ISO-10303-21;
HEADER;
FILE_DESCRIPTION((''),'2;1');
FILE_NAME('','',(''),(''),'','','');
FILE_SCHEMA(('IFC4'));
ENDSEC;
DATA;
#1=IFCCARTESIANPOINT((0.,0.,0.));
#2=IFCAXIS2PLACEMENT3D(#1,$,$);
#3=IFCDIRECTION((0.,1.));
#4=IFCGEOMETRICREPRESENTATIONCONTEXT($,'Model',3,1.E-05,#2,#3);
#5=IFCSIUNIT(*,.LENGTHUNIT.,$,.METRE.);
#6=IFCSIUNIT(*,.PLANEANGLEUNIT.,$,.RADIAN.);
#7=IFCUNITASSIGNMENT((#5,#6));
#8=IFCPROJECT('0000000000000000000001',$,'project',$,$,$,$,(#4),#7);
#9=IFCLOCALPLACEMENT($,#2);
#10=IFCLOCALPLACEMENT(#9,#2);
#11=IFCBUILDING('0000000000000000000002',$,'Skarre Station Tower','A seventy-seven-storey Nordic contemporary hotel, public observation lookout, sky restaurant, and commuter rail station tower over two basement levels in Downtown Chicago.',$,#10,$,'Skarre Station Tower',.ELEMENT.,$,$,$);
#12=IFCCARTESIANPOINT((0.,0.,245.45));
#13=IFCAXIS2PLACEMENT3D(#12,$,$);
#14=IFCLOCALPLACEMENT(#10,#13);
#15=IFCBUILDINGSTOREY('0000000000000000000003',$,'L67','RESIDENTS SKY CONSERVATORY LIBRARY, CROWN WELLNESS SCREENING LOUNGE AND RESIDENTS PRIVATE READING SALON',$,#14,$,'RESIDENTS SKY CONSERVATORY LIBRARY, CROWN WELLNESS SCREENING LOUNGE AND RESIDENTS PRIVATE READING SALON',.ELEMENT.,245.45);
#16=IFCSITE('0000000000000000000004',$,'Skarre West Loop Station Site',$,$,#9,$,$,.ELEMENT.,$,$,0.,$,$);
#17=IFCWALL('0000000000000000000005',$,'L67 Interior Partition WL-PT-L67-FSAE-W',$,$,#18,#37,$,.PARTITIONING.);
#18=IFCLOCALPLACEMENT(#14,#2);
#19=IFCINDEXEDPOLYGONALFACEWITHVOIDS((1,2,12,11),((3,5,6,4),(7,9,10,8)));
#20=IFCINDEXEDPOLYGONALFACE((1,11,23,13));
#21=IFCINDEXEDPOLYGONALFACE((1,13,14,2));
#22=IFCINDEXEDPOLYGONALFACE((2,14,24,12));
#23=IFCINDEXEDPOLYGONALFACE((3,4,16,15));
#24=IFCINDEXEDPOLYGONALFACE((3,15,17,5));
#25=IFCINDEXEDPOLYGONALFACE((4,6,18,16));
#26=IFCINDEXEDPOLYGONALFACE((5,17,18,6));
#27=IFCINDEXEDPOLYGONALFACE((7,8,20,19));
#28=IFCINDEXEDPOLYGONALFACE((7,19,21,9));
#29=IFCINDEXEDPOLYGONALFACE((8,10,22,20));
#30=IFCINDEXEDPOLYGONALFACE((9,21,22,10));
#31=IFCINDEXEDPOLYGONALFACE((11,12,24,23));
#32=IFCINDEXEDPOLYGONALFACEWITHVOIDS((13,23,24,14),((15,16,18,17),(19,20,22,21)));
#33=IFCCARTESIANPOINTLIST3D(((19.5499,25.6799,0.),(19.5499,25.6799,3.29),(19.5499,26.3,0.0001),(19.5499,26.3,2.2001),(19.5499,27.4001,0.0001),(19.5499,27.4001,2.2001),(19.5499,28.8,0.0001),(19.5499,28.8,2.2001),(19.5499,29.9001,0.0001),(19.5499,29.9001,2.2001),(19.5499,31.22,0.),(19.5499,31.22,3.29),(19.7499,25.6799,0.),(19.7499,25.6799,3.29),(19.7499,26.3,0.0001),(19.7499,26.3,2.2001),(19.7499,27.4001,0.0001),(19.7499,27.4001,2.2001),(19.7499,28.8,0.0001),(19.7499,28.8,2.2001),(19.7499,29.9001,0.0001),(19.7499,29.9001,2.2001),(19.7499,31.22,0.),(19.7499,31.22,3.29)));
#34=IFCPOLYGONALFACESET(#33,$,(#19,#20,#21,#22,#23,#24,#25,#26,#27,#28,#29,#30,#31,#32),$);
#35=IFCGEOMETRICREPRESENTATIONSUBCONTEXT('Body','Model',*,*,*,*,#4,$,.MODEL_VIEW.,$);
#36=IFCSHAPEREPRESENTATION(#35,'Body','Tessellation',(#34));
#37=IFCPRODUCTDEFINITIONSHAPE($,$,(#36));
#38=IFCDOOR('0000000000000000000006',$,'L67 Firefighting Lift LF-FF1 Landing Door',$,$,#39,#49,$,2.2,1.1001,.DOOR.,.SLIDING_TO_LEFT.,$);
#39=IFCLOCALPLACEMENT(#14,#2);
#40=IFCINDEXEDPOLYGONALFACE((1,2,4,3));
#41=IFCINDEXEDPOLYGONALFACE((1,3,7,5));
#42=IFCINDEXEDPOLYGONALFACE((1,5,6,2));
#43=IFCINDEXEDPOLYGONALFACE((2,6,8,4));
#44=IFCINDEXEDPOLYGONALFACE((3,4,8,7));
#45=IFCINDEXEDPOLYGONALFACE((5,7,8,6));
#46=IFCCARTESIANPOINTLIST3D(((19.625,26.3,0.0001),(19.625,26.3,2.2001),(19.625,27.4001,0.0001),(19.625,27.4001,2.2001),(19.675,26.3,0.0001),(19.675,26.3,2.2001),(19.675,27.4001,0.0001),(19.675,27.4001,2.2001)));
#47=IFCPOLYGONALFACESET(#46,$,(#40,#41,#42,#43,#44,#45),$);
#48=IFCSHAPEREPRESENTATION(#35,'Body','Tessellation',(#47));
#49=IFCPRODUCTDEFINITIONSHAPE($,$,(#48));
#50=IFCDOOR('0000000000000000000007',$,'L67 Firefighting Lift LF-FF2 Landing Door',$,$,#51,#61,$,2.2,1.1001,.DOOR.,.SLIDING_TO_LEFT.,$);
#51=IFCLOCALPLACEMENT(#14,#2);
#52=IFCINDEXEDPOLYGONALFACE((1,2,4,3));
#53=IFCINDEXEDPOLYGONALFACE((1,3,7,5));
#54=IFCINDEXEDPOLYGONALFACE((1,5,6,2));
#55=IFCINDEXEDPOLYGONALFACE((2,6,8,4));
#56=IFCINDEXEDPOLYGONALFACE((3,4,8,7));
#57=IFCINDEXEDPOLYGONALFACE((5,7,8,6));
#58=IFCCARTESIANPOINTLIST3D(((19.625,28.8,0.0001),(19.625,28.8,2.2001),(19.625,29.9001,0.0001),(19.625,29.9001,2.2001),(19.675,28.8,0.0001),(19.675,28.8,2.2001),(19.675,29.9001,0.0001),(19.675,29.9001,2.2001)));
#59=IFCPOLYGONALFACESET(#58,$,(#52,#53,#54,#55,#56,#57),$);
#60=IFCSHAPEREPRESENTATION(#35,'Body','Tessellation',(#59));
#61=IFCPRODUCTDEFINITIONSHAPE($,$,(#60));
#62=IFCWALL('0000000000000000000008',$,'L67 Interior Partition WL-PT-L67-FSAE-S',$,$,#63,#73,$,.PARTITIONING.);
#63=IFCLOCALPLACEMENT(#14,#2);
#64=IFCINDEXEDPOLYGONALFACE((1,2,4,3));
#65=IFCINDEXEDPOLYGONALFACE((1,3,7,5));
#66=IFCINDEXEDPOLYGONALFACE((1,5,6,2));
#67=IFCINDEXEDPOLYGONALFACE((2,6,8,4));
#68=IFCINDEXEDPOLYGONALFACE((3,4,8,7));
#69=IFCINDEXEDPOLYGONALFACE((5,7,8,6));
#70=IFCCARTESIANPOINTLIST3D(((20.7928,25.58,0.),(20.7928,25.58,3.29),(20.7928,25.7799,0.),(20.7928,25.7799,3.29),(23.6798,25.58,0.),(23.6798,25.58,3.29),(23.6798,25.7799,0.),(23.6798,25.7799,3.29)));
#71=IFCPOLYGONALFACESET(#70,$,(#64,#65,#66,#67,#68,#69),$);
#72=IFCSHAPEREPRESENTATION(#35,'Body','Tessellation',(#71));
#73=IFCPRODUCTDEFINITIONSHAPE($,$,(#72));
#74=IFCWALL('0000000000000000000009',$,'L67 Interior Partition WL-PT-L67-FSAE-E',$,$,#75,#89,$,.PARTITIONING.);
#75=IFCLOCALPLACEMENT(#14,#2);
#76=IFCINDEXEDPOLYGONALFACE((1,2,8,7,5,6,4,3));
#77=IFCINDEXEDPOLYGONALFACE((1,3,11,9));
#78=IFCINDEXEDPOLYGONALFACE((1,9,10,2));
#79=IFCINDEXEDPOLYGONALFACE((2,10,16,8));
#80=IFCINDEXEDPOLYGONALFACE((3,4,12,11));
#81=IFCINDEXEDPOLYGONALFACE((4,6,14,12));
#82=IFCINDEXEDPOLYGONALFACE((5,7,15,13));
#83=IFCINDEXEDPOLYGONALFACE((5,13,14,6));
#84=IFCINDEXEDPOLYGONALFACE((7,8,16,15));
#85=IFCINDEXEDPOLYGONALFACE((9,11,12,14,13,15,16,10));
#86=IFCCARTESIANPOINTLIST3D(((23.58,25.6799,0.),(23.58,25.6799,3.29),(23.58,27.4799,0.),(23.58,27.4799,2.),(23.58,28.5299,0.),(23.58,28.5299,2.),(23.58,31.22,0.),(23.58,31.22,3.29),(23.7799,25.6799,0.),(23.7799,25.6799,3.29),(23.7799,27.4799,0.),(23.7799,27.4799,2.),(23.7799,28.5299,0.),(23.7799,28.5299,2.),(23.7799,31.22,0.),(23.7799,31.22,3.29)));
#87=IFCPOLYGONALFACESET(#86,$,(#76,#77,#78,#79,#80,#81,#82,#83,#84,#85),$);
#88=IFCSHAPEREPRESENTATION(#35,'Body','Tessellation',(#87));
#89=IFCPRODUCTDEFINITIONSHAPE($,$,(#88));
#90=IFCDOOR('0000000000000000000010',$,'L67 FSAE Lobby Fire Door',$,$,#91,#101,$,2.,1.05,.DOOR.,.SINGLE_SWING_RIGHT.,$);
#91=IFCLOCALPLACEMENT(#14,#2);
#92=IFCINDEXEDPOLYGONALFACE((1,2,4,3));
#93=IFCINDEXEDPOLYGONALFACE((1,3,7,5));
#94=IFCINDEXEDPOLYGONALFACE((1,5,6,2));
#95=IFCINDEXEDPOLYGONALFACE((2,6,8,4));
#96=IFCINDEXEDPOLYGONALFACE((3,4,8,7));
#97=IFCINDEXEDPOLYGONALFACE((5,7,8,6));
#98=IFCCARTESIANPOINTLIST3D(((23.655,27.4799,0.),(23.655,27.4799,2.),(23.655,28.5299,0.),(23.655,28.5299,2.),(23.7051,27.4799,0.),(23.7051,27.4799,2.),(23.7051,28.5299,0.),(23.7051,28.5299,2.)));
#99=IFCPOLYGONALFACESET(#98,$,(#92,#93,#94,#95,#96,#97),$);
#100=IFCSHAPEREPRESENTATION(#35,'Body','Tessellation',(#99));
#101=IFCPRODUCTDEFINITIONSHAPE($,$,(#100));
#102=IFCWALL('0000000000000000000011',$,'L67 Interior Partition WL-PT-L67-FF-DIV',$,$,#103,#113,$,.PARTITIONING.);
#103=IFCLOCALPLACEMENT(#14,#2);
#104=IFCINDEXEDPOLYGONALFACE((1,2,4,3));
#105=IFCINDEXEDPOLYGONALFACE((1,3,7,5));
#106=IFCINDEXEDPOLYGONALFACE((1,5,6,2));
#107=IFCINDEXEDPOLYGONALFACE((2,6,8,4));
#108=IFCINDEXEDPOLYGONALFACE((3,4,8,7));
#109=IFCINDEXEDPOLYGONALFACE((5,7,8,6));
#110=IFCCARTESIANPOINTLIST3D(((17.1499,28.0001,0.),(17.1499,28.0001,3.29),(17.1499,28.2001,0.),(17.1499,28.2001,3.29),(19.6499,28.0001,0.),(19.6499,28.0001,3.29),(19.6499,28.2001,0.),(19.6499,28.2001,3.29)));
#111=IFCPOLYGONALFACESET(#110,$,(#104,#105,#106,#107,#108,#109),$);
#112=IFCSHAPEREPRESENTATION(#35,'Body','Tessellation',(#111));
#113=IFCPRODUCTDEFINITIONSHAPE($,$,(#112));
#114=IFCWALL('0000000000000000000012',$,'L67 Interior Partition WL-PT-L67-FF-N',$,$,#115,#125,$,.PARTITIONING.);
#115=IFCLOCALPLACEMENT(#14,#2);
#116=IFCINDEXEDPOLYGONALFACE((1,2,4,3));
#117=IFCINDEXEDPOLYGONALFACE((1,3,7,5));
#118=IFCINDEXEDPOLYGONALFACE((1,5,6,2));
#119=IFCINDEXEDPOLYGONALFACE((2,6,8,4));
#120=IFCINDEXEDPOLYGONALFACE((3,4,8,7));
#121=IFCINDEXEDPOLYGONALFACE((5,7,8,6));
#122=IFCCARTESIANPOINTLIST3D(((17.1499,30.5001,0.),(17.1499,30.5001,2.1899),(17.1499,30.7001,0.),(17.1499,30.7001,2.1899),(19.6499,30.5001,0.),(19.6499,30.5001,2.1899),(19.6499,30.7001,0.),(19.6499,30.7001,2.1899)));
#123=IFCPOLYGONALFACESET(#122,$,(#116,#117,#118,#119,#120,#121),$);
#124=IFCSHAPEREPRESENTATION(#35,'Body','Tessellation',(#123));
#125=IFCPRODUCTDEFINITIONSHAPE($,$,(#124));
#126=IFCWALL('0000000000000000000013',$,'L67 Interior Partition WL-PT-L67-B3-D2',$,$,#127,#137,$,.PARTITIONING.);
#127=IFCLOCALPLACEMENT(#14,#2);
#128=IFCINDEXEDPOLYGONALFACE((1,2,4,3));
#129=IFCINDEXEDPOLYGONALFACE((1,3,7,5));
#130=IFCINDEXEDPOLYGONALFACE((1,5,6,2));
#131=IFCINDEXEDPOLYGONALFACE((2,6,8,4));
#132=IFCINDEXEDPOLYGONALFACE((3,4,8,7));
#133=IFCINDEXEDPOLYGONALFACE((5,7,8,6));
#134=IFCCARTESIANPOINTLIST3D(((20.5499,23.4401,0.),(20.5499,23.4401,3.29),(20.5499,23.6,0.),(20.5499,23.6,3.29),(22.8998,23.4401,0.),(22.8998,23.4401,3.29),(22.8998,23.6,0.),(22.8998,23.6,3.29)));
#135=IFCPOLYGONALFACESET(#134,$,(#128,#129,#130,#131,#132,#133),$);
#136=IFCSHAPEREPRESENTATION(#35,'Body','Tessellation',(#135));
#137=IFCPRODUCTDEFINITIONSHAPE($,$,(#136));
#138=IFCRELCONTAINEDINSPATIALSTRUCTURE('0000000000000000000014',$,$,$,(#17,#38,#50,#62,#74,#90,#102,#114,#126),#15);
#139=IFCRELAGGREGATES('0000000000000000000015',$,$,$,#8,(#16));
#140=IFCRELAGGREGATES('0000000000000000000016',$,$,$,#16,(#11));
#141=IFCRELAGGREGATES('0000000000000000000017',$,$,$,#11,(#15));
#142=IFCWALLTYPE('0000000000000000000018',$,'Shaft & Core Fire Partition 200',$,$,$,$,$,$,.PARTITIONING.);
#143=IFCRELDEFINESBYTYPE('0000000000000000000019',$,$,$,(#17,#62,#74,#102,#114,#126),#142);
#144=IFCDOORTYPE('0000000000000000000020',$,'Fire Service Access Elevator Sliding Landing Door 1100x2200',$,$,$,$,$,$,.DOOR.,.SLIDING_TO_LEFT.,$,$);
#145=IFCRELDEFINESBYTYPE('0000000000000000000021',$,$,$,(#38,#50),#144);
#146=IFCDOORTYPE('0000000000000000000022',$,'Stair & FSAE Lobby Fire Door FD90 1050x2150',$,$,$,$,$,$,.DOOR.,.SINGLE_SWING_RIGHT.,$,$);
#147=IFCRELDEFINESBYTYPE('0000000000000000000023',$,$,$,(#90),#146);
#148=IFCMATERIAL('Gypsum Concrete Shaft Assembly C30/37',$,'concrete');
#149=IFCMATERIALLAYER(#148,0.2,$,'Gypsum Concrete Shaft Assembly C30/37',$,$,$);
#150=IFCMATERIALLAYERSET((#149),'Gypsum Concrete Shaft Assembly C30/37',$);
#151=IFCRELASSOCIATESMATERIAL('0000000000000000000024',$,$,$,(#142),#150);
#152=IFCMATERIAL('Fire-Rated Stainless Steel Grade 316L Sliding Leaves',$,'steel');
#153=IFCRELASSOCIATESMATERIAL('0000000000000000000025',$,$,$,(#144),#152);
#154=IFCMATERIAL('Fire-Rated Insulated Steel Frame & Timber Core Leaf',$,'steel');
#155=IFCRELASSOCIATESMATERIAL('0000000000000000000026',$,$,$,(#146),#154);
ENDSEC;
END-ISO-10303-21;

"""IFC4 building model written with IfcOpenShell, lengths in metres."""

from ifc_helpers import new_model, si_unit, direction, frame, frame_2d, origin, place, context, subcontext, project, spatial, rectangle, extrude, material, layer, layer_set, type_object, element, fill, save


model = new_model("IFC4")

# Units and contexts
model_context = context("Model", 3, precision=1e-05, world=origin(), true_north=direction((0.0, 1.0)))
body_context = subcontext(model_context, "Body", "Model", "MODEL_VIEW")
ifc_project = project(units=[si_unit("LENGTHUNIT", "METRE"), si_unit("PLANEANGLEUNIT", "RADIAN")], contexts=[model_context])

# Site, building, storey
site_placement = place(None, origin())
site = spatial("IfcSite", under=ifc_project, at=site_placement, Name="Skarre West Loop Station Site", CompositionType="ELEMENT", RefElevation=0.0)
building_placement = place(site_placement, origin())
building = spatial("IfcBuilding", under=site, at=building_placement, Name="Skarre Station Tower", Description="A seventy-seven-storey Nordic contemporary hotel, public observation lookout, sky restaurant, and commuter rail station tower over two basement levels in Downtown Chicago.", LongName="Skarre Station Tower", CompositionType="ELEMENT")
storey_placement = place(building_placement, frame((0.0, 0.0, 245.45)))
storey = spatial("IfcBuildingStorey", under=building, at=storey_placement, Name="L67", Description="RESIDENTS SKY CONSERVATORY LIBRARY, CROWN WELLNESS SCREENING LOUNGE AND RESIDENTS PRIVATE READING SALON", LongName="RESIDENTS SKY CONSERVATORY LIBRARY, CROWN WELLNESS SCREENING LOUNGE AND RESIDENTS PRIVATE READING SALON", CompositionType="ELEMENT", Elevation=245.45)

# Wall, openings, doors
ifc_material_1 = material(Name="Gypsum Concrete Shaft Assembly C30/37", Category="concrete")
ifc_layer_1 = layer(ifc_material_1, 0.2, Name="Gypsum Concrete Shaft Assembly C30/37")
ifc_layer_set_1 = layer_set([ifc_layer_1], Name="Gypsum Concrete Shaft Assembly C30/37")
wall_type_1 = type_object("IfcWallType", Name="Shaft & Core Fire Partition 200", PredefinedType="PARTITIONING", material=ifc_layer_set_1)
wall_1_placement = place(storey_placement, frame((19.6499, 25.6799, 0.0), z_axis=(0.0, 0.0, 1.0), x_axis=(0.0, 1.0, 0.0)))
wall_1 = element("IfcWall", 1, at=wall_1_placement, inside=storey, type_object=wall_type_1, Name="L67 Interior Partition WL-PT-L67-FSAE-W", PredefinedType="PARTITIONING", context=body_context, shape_type="SweptSolid", body=[
    extrude(rectangle(XDim=5.54, YDim=0.2, at=frame_2d((2.77, 0.0))), origin(), (0.0, 0.0, 1.0), 3.29),
])
opening_1_placement = place(wall_1_placement, frame((0.6201, 0.0, 0.0)))
opening_1 = element("IfcOpeningElement", 2, at=opening_1_placement, cuts=wall_1, PredefinedType="OPENING", context=body_context, shape_type="SweptSolid", body=[
    extrude(rectangle(XDim=1.1001, YDim=2.2, at=frame_2d((0.55, 1.1001))), frame((0.0, 0.1099, 0.0), z_axis=(0.0, -1.0, 0.0), x_axis=(1.0, 0.0, 0.0)), (0.0, 0.0, 1.0), 0.22),
])
opening_2_placement = place(wall_1_placement, frame((3.1201, 0.0, 0.0)))
opening_2 = element("IfcOpeningElement", 3, at=opening_2_placement, cuts=wall_1, PredefinedType="OPENING", context=body_context, shape_type="SweptSolid", body=[
    extrude(rectangle(XDim=1.1001, YDim=2.2, at=frame_2d((0.55, 1.1001))), frame((0.0, 0.1099, 0.0), z_axis=(0.0, -1.0, 0.0), x_axis=(1.0, 0.0, 0.0)), (0.0, 0.0, 1.0), 0.22),
])
ifc_material_2 = material(Name="Fire-Rated Stainless Steel Grade 316L Sliding Leaves", Category="steel")
door_type_1 = type_object("IfcDoorType", Name="Fire Service Access Elevator Sliding Landing Door 1100x2200", OperationType="SLIDING_TO_LEFT", PredefinedType="DOOR", material=ifc_material_2)
door_1_placement = place(opening_1_placement, origin())
door_1 = element("IfcDoor", 4, at=door_1_placement, inside=storey, type_object=door_type_1, Name="L67 Firefighting Lift LF-FF1 Landing Door", OperationType="SLIDING_TO_LEFT", OverallHeight=2.2, OverallWidth=1.1001, PredefinedType="DOOR", context=body_context, shape_type="SweptSolid", body=[
    extrude(rectangle(XDim=1.1001, YDim=2.2, at=frame_2d((0.55, 1.1001))), frame((0.0, 0.0249, 0.0), z_axis=(0.0, -1.0, 0.0), x_axis=(1.0, 0.0, 0.0)), (0.0, 0.0, 1.0), 0.05),
])
fill(opening_1, door_1)
door_2_placement = place(opening_2_placement, origin())
door_2 = element("IfcDoor", 5, at=door_2_placement, inside=storey, type_object=door_type_1, Name="L67 Firefighting Lift LF-FF2 Landing Door", OperationType="SLIDING_TO_LEFT", OverallHeight=2.2, OverallWidth=1.1001, PredefinedType="DOOR", context=body_context, shape_type="SweptSolid", body=[
    extrude(rectangle(XDim=1.1001, YDim=2.2, at=frame_2d((0.55, 1.1001))), frame((0.0, 0.0249, 0.0), z_axis=(0.0, -1.0, 0.0), x_axis=(1.0, 0.0, 0.0)), (0.0, 0.0, 1.0), 0.05),
])
fill(opening_2, door_2)

# Wall
wall_2_placement = place(storey_placement, frame((20.793, 25.6799, 0.0), z_axis=(0.0, 0.0, 1.0), x_axis=(1.0, 0.0, 0.0)))
element("IfcWall", 6, at=wall_2_placement, inside=storey, type_object=wall_type_1, Name="L67 Interior Partition WL-PT-L67-FSAE-S", PredefinedType="PARTITIONING", context=body_context, shape_type="SweptSolid", body=[
    extrude(rectangle(XDim=2.887, YDim=0.2, at=frame_2d((1.4434, 0.0))), origin(), (0.0, 0.0, 1.0), 3.29),
])

# Wall, opening, door
wall_3_placement = place(storey_placement, frame((23.6799, 25.6799, 0.0), z_axis=(0.0, 0.0, 1.0), x_axis=(0.0, 1.0, 0.0)))
wall_3 = element("IfcWall", 7, at=wall_3_placement, inside=storey, type_object=wall_type_1, Name="L67 Interior Partition WL-PT-L67-FSAE-E", PredefinedType="PARTITIONING", context=body_context, shape_type="SweptSolid", body=[
    extrude(rectangle(XDim=5.54, YDim=0.2, at=frame_2d((2.77, 0.0))), origin(), (0.0, 0.0, 1.0), 3.29),
])
opening_3_placement = place(wall_3_placement, frame((1.8, 0.0, 0.0)))
opening_3 = element("IfcOpeningElement", 8, at=opening_3_placement, cuts=wall_3, PredefinedType="OPENING", context=body_context, shape_type="SweptSolid", body=[
    extrude(rectangle(XDim=1.05, YDim=2.0, at=frame_2d((0.5249, 1.0))), frame((0.0, 0.1099, 0.0), z_axis=(0.0, -1.0, 0.0), x_axis=(1.0, 0.0, 0.0)), (0.0, 0.0, 1.0), 0.22),
])
ifc_material_3 = material(Name="Fire-Rated Insulated Steel Frame & Timber Core Leaf", Category="steel")
door_type_2 = type_object("IfcDoorType", Name="Stair & FSAE Lobby Fire Door FD90 1050x2150", OperationType="SINGLE_SWING_RIGHT", PredefinedType="DOOR", material=ifc_material_3)
door_3_placement = place(opening_3_placement, origin())
door_3 = element("IfcDoor", 9, at=door_3_placement, inside=storey, type_object=door_type_2, Name="L67 FSAE Lobby Fire Door", OperationType="SINGLE_SWING_RIGHT", OverallHeight=2.0, OverallWidth=1.05, PredefinedType="DOOR", context=body_context, shape_type="SweptSolid", body=[
    extrude(rectangle(XDim=1.05, YDim=2.0, at=frame_2d((0.5249, 1.0))), frame((0.0, 0.0249, 0.0), z_axis=(0.0, -1.0, 0.0), x_axis=(1.0, 0.0, 0.0)), (0.0, 0.0, 1.0), 0.05),
])
fill(opening_3, door_3)

# Walls
wall_4_placement = place(storey_placement, frame((17.1499, 28.1001, 0.0), z_axis=(0.0, 0.0, 1.0), x_axis=(1.0, 0.0, 0.0)))
element("IfcWall", 10, at=wall_4_placement, inside=storey, type_object=wall_type_1, Name="L67 Interior Partition WL-PT-L67-FF-DIV", PredefinedType="PARTITIONING", context=body_context, shape_type="SweptSolid", body=[
    extrude(rectangle(XDim=2.5, YDim=0.2, at=frame_2d((1.25, 0.0))), origin(), (0.0, 0.0, 1.0), 3.29),
])
wall_5_placement = place(storey_placement, frame((19.6499, 30.6001, 0.0), z_axis=(0.0, 0.0, 1.0), x_axis=(-1.0, 0.0, 0.0)))
element("IfcWall", 11, at=wall_5_placement, inside=storey, type_object=wall_type_1, Name="L67 Interior Partition WL-PT-L67-FF-N", PredefinedType="PARTITIONING", context=body_context, shape_type="SweptSolid", body=[
    extrude(rectangle(XDim=2.5, YDim=0.2, at=frame_2d((1.25, 0.0))), origin(), (0.0, 0.0, 1.0), 2.1899),
])
wall_6_placement = place(storey_placement, frame((20.55, 23.52, 0.0), z_axis=(0.0, 0.0, 1.0), x_axis=(1.0, 0.0, 0.0)))
element("IfcWall", 12, at=wall_6_placement, inside=storey, type_object=wall_type_1, Name="L67 Interior Partition WL-PT-L67-B3-D2", PredefinedType="PARTITIONING", context=body_context, shape_type="SweptSolid", body=[
    extrude(rectangle(XDim=2.3499, YDim=0.1599, at=frame_2d((1.1748, 0.0))), origin(), (0.0, 0.0, 1.0), 3.29),
])

save(model, "model.ifc")
